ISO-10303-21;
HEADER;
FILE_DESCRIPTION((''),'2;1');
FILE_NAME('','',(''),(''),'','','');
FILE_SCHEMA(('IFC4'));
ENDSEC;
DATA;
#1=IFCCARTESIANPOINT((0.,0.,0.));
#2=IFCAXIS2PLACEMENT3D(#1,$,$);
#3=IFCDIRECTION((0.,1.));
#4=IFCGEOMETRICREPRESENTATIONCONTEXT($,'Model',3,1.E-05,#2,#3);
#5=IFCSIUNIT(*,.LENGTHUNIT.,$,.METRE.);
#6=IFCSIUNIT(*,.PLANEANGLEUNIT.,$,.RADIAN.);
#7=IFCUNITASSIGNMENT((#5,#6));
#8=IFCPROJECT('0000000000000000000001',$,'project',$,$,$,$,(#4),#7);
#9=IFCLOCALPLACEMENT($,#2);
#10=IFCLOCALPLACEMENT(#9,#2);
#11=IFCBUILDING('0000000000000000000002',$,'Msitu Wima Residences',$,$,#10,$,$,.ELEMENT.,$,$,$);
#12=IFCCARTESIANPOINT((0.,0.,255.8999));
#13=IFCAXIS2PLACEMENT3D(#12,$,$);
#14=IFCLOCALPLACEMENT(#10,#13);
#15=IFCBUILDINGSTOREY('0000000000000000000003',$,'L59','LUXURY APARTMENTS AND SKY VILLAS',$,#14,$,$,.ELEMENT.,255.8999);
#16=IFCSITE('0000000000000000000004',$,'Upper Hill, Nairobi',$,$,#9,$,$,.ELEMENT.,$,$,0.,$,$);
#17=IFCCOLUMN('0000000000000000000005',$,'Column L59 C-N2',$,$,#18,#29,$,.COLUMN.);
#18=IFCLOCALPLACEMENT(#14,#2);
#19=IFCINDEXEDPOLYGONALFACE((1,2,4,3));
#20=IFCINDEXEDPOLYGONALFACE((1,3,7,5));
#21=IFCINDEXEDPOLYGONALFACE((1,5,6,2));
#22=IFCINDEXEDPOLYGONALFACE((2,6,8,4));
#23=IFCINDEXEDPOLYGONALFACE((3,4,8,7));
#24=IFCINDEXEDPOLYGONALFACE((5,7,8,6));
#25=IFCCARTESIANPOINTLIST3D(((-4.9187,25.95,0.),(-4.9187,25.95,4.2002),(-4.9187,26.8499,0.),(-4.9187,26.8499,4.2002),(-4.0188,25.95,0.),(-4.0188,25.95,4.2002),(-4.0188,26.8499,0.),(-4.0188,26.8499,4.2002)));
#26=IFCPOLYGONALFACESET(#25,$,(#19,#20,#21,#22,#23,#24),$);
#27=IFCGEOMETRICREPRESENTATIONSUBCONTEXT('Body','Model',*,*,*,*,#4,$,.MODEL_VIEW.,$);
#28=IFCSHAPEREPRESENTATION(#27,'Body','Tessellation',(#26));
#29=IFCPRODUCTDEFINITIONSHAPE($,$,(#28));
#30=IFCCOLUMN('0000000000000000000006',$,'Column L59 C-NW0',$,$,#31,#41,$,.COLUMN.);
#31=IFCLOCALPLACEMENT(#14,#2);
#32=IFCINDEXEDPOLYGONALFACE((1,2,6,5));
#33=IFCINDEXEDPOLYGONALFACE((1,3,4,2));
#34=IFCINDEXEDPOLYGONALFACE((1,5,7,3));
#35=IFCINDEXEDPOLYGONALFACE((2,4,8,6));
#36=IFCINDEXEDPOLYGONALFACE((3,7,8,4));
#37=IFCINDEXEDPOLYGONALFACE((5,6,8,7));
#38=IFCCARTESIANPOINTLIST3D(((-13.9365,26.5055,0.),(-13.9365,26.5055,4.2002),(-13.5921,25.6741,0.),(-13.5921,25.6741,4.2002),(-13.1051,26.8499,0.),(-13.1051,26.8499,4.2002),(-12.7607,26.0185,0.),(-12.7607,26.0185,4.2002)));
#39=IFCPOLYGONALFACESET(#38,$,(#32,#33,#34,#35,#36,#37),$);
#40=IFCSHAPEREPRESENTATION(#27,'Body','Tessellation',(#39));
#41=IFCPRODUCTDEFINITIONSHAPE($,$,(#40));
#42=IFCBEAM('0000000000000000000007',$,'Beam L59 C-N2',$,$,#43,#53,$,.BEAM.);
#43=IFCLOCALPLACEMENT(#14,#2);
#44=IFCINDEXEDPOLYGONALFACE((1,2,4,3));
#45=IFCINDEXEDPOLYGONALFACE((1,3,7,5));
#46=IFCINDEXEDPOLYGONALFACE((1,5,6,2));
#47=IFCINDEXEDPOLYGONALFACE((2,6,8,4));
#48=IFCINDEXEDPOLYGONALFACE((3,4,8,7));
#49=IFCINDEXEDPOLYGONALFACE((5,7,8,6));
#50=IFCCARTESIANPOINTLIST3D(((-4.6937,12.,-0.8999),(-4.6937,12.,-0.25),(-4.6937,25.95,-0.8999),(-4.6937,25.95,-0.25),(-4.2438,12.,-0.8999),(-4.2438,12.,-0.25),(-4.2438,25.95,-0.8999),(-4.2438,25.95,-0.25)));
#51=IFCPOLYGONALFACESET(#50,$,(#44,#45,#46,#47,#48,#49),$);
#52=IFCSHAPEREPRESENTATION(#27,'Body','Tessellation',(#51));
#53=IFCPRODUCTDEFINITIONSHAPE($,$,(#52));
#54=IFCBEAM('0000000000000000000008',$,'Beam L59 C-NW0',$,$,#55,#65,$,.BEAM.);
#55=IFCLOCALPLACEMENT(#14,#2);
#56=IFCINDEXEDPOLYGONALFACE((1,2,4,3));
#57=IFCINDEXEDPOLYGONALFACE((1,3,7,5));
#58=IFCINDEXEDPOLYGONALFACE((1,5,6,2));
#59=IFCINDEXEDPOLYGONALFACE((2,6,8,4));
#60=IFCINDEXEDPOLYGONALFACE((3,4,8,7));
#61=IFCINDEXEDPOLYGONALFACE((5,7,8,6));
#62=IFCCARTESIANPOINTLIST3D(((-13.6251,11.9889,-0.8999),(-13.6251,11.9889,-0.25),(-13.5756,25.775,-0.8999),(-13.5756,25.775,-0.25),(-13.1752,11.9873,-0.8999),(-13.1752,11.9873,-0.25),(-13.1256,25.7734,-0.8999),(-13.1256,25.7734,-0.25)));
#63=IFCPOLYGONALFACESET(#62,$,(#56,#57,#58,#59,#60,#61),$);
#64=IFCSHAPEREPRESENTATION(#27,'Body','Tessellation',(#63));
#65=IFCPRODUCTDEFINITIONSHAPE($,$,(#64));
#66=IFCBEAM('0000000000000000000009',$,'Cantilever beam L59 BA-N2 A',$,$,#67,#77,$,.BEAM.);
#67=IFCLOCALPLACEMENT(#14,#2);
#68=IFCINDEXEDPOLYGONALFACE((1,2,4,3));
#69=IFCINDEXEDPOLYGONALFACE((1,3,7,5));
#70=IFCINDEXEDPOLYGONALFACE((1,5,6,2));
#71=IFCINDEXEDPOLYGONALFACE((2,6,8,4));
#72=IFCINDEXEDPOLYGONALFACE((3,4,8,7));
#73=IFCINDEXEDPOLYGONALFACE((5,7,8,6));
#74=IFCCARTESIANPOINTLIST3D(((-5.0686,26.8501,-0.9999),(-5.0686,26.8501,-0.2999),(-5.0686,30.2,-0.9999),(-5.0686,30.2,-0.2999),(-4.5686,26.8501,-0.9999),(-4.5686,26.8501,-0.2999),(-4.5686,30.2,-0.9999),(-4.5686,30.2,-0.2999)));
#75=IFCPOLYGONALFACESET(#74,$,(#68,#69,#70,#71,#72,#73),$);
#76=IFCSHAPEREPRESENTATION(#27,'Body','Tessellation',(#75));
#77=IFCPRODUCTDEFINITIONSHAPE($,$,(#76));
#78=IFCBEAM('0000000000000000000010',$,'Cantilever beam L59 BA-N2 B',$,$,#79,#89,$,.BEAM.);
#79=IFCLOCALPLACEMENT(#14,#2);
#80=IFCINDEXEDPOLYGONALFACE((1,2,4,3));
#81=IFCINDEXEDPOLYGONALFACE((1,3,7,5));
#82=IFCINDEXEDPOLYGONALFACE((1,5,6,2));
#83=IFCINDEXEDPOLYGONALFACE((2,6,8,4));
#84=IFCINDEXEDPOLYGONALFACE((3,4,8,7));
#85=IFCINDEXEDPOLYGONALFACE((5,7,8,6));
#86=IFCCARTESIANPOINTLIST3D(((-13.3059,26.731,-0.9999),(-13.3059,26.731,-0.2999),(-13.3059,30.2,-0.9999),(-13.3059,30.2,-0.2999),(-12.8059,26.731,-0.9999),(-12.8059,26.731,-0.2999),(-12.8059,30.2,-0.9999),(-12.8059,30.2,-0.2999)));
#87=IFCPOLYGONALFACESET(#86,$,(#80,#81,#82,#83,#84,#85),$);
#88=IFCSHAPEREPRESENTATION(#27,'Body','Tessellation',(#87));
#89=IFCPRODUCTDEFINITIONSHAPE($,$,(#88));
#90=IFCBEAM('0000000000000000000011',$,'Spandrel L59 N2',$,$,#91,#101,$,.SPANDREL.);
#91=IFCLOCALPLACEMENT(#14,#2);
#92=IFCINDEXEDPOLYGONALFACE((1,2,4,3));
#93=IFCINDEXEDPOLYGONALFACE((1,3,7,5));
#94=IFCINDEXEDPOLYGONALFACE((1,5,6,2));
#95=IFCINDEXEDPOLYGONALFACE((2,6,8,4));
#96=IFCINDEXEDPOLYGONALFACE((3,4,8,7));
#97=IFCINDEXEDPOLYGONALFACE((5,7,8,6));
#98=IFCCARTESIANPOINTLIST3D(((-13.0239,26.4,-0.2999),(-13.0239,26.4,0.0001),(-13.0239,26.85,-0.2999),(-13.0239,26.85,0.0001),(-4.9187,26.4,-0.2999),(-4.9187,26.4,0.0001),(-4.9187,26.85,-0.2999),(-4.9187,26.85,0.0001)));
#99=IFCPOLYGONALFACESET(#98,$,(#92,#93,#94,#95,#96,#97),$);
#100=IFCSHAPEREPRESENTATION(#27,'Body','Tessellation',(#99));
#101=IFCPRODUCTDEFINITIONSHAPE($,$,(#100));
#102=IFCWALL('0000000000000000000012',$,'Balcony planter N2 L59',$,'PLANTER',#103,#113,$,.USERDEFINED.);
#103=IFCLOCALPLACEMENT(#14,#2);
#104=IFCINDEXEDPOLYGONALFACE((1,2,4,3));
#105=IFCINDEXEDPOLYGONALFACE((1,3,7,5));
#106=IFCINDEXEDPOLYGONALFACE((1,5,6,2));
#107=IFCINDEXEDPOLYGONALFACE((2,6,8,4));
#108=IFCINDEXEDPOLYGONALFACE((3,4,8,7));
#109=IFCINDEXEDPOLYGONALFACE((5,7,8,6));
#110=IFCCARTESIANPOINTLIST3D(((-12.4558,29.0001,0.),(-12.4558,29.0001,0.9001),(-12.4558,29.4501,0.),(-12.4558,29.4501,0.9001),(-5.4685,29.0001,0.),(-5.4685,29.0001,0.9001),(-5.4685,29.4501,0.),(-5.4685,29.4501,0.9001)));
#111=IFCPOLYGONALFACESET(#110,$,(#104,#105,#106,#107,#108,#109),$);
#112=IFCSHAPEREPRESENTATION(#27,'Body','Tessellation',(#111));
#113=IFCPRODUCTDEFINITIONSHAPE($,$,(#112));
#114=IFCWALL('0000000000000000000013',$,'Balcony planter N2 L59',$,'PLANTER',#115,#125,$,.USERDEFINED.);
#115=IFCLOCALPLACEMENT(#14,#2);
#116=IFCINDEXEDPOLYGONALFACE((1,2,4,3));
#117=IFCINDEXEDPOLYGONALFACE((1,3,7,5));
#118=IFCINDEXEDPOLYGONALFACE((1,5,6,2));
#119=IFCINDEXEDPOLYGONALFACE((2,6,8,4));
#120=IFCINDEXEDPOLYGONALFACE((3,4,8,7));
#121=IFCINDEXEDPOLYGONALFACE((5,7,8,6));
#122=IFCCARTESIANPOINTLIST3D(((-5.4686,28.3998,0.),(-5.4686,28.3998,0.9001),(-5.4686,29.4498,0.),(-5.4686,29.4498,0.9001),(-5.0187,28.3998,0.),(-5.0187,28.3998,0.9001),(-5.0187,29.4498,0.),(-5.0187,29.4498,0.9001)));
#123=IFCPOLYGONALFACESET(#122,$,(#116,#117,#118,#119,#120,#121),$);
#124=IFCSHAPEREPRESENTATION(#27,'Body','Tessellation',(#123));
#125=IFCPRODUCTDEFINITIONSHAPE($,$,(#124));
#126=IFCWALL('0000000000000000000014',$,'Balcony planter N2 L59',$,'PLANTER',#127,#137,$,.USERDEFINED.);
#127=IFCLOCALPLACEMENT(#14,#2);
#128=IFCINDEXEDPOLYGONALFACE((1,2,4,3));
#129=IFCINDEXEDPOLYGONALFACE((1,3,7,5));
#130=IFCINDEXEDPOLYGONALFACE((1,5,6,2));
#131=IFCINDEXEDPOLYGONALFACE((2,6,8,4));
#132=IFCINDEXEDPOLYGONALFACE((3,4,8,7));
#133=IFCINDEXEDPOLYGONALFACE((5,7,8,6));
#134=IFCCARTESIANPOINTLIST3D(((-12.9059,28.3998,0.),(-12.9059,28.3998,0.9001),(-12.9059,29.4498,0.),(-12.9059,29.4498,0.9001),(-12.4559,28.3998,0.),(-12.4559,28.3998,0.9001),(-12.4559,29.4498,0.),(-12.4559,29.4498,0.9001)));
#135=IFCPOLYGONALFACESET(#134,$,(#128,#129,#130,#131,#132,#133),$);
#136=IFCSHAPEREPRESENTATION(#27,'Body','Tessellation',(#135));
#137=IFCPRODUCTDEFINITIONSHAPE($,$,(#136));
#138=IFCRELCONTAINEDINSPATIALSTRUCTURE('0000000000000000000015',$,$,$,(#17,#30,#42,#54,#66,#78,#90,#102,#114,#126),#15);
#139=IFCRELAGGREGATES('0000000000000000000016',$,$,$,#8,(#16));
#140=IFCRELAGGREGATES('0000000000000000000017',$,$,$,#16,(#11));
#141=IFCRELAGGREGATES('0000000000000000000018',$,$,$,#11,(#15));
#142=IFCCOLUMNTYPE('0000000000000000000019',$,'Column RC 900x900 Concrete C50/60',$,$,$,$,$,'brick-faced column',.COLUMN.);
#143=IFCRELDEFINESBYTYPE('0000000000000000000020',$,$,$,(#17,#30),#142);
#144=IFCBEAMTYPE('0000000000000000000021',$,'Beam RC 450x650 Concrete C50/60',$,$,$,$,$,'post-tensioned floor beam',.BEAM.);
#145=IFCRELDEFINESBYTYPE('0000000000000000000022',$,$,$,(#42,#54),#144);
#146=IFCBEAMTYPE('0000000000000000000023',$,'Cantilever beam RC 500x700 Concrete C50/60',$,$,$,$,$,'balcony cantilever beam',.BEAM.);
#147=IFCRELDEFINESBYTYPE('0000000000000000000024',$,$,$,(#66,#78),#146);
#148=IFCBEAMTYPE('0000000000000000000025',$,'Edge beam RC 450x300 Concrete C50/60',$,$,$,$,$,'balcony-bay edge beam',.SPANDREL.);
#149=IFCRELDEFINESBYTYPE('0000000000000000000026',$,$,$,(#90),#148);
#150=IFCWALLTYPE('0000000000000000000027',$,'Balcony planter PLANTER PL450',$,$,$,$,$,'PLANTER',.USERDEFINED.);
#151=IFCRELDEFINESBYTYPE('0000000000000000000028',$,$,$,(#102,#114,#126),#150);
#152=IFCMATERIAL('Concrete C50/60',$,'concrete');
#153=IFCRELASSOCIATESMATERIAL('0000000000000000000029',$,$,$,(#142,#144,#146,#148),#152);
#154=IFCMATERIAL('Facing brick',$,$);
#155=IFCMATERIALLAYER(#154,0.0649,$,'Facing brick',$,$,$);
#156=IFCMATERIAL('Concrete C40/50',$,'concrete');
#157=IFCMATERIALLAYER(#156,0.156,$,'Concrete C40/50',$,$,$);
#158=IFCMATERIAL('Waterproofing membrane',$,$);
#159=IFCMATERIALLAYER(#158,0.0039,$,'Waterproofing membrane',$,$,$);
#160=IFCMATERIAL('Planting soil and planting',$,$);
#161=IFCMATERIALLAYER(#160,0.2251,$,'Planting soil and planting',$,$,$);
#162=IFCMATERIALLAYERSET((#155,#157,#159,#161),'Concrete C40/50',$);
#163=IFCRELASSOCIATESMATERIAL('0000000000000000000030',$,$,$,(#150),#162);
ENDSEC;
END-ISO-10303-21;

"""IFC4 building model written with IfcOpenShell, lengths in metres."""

from ifc_helpers import new_model, si_unit, direction, frame, frame_2d, origin, origin_2d, place, context, subcontext, project, spatial, rectangle, extrude, material, layer, layer_set, material_profile, profile_set, type_object, element, save


model = new_model("IFC4")

# Units and contexts
model_context = context("Model", 3, precision=1e-05, world=origin(), true_north=direction((0.0, 1.0)))
body_context = subcontext(model_context, "Body", "Model", "MODEL_VIEW")
ifc_project = project(units=[si_unit("LENGTHUNIT", "METRE"), si_unit("PLANEANGLEUNIT", "RADIAN")], contexts=[model_context])

# Site, building, storey
site_placement = place(None, origin())
site = spatial("IfcSite", under=ifc_project, at=site_placement, Name="Upper Hill, Nairobi", CompositionType="ELEMENT", RefElevation=0.0)
building_placement = place(site_placement, origin())
building = spatial("IfcBuilding", under=site, at=building_placement, Name="Msitu Wima Residences", CompositionType="ELEMENT")
storey_placement = place(building_placement, frame((0.0, 0.0, 255.8999)))
storey = spatial("IfcBuildingStorey", under=building, at=storey_placement, Name="L59", Description="LUXURY APARTMENTS AND SKY VILLAS", CompositionType="ELEMENT", Elevation=255.8999)

# Columns
ifc_material_1 = material(Name="Concrete C50/60", Category="concrete")
ifc_material_profile_1 = material_profile(ifc_material_1, rectangle(XDim=0.8999, YDim=0.8999, at=origin_2d()), Name="RC 900x900")
ifc_profile_set_1 = profile_set([ifc_material_profile_1], Name="Concrete C50/60")
column_type = type_object("IfcColumnType", Name="Column RC 900x900 Concrete C50/60", ElementType="brick-faced column", PredefinedType="COLUMN", material=ifc_profile_set_1)
for number, where, z_axis, x_axis, name in (
    (1, (-4.4688, 26.3999, 0.0), (0.0, 0.0, 1.0), (-1.0, 0.0, 0.0), "Column L59 C-N2"),
    (2, (-13.3486, 26.262, 0.0), (0.0, 0.0, 1.0), (-0.92388, -0.382683, 0.0), "Column L59 C-NW0"),
):
    element("IfcColumn", number, at=place(storey_placement, frame(where, z_axis=z_axis, x_axis=x_axis)), inside=storey, type_object=column_type, Name=name, PredefinedType="COLUMN", context=body_context, shape_type="SweptSolid", body=[
        extrude(rectangle(XDim=0.8999, YDim=0.8999, at=origin_2d()), origin(), (0.0, 0.0, 1.0), 4.2002),
    ])

# Beams
ifc_material_profile_2 = material_profile(ifc_material_1, rectangle(XDim=0.45, YDim=0.6499, at=origin_2d()), Name="RC 450x650")
ifc_profile_set_2 = profile_set([ifc_material_profile_2], Name="Concrete C50/60")
beam_type_1 = type_object("IfcBeamType", Name="Beam RC 450x650 Concrete C50/60", ElementType="post-tensioned floor beam", PredefinedType="BEAM", material=ifc_profile_set_2)
beam_1_placement = place(storey_placement, frame((-4.4688, 25.95, -0.575), z_axis=(0.0, -1.0, 0.0), x_axis=(1.0, 0.0, 0.0)))
element("IfcBeam", 3, at=beam_1_placement, inside=storey, type_object=beam_type_1, Name="Beam L59 C-N2", PredefinedType="BEAM", context=body_context, shape_type="SweptSolid", body=[
    extrude(rectangle(XDim=0.45, YDim=0.6499, at=origin_2d()), origin(), (0.0, 0.0, 1.0), 13.95),
])
beam_2_placement = place(storey_placement, frame((-13.3506, 25.7742, -0.575), z_axis=(-0.003595, -0.999994, 0.0), x_axis=(0.999994, -0.003595, 0.0)))
element("IfcBeam", 4, at=beam_2_placement, inside=storey, type_object=beam_type_1, Name="Beam L59 C-NW0", PredefinedType="BEAM", context=body_context, shape_type="SweptSolid", body=[
    extrude(rectangle(XDim=0.45, YDim=0.6499, at=origin_2d()), origin(), (0.0, 0.0, 1.0), 13.7861),
])
ifc_material_profile_3 = material_profile(ifc_material_1, rectangle(XDim=0.5, YDim=0.7, at=origin_2d()), Name="RC 500x700")
ifc_profile_set_3 = profile_set([ifc_material_profile_3], Name="Concrete C50/60")
beam_type_2 = type_object("IfcBeamType", Name="Cantilever beam RC 500x700 Concrete C50/60", ElementType="balcony cantilever beam", PredefinedType="BEAM", material=ifc_profile_set_3)
beam_3_placement = place(storey_placement, frame((-4.8186, 26.8501, -0.6499), z_axis=(0.0, 1.0, 0.0), x_axis=(-1.0, 0.0, 0.0)))
element("IfcBeam", 5, at=beam_3_placement, inside=storey, type_object=beam_type_2, Name="Cantilever beam L59 BA-N2 A", PredefinedType="BEAM", context=body_context, shape_type="SweptSolid", body=[
    extrude(rectangle(XDim=0.5, YDim=0.7, at=origin_2d()), origin(), (0.0, 0.0, 1.0), 3.3499),
])
beam_4_placement = place(storey_placement, frame((-13.0559, 26.731, -0.6499), z_axis=(0.0, 1.0, 0.0), x_axis=(-1.0, 0.0, 0.0)))
element("IfcBeam", 6, at=beam_4_placement, inside=storey, type_object=beam_type_2, Name="Cantilever beam L59 BA-N2 B", PredefinedType="BEAM", context=body_context, shape_type="SweptSolid", body=[
    extrude(rectangle(XDim=0.5, YDim=0.7, at=origin_2d()), origin(), (0.0, 0.0, 1.0), 3.469),
])
ifc_material_profile_4 = material_profile(ifc_material_1, rectangle(XDim=0.45, YDim=0.3, at=origin_2d()), Name="RC 450x300")
ifc_profile_set_4 = profile_set([ifc_material_profile_4], Name="Concrete C50/60")
beam_type_3 = type_object("IfcBeamType", Name="Edge beam RC 450x300 Concrete C50/60", ElementType="balcony-bay edge beam", PredefinedType="SPANDREL", material=ifc_profile_set_4)
beam_5_placement = place(storey_placement, frame((-4.9187, 26.625, -0.1499), z_axis=(-1.0, 0.0, 0.0), x_axis=(0.0, -1.0, 0.0)))
element("IfcBeam", 7, at=beam_5_placement, inside=storey, type_object=beam_type_3, Name="Spandrel L59 N2", PredefinedType="SPANDREL", context=body_context, shape_type="SweptSolid", body=[
    extrude(rectangle(XDim=0.45, YDim=0.3, at=origin_2d()), origin(), (0.0, 0.0, 1.0), 8.1052),
])

# Walls
ifc_material_2 = material(Name="Facing brick")
ifc_layer_1 = layer(ifc_material_2, 0.0649, Name="Facing brick")
ifc_material_3 = material(Name="Concrete C40/50", Category="concrete")
ifc_layer_2 = layer(ifc_material_3, 0.156, Name="Concrete C40/50")
ifc_material_4 = material(Name="Waterproofing membrane")
ifc_layer_3 = layer(ifc_material_4, 0.0039, Name="Waterproofing membrane")
ifc_material_5 = material(Name="Planting soil and planting")
ifc_layer_4 = layer(ifc_material_5, 0.2251, Name="Planting soil and planting")
ifc_layer_set_1 = layer_set([ifc_layer_1, ifc_layer_2, ifc_layer_3, ifc_layer_4], Name="Concrete C40/50")
wall_type_1 = type_object("IfcWallType", Name="Balcony planter PLANTER PL450", ElementType="PLANTER", PredefinedType="USERDEFINED", material=ifc_layer_set_1)
wall_1_placement = place(storey_placement, frame((-5.4685, 29.2251, 0.0), z_axis=(0.0, 0.0, 1.0), x_axis=(-1.0, 0.0, 0.0)))
element("IfcWall", 8, at=wall_1_placement, inside=storey, type_object=wall_type_1, Name="Balcony planter N2 L59", ObjectType="PLANTER", PredefinedType="USERDEFINED", context=body_context, shape_type="SweptSolid", body=[
    extrude(rectangle(XDim=6.9873, YDim=0.45, at=frame_2d((3.4937, 0.0))), origin(), (0.0, 0.0, 1.0), 0.9001),
])
for number, where, z_axis, x_axis, name in (
    (9, (-5.2437, 28.3999, 0.0), (0.0, 0.0, 1.0), (0.0, 1.0, 0.0), "Balcony planter N2 L59"),
    (10, (-12.6809, 28.3999, 0.0), (0.0, 0.0, 1.0), (0.0, 1.0, 0.0), "Balcony planter N2 L59"),
):
    element("IfcWall", number, at=place(storey_placement, frame(where, z_axis=z_axis, x_axis=x_axis)), inside=storey, type_object=wall_type_1, Name=name, ObjectType="PLANTER", PredefinedType="USERDEFINED", context=body_context, shape_type="SweptSolid", body=[
        extrude(rectangle(XDim=1.05, YDim=0.45, at=frame_2d((0.5249, 0.0))), origin(), (0.0, 0.0, 1.0), 0.9001),
    ])

save(model, "model.ifc")
